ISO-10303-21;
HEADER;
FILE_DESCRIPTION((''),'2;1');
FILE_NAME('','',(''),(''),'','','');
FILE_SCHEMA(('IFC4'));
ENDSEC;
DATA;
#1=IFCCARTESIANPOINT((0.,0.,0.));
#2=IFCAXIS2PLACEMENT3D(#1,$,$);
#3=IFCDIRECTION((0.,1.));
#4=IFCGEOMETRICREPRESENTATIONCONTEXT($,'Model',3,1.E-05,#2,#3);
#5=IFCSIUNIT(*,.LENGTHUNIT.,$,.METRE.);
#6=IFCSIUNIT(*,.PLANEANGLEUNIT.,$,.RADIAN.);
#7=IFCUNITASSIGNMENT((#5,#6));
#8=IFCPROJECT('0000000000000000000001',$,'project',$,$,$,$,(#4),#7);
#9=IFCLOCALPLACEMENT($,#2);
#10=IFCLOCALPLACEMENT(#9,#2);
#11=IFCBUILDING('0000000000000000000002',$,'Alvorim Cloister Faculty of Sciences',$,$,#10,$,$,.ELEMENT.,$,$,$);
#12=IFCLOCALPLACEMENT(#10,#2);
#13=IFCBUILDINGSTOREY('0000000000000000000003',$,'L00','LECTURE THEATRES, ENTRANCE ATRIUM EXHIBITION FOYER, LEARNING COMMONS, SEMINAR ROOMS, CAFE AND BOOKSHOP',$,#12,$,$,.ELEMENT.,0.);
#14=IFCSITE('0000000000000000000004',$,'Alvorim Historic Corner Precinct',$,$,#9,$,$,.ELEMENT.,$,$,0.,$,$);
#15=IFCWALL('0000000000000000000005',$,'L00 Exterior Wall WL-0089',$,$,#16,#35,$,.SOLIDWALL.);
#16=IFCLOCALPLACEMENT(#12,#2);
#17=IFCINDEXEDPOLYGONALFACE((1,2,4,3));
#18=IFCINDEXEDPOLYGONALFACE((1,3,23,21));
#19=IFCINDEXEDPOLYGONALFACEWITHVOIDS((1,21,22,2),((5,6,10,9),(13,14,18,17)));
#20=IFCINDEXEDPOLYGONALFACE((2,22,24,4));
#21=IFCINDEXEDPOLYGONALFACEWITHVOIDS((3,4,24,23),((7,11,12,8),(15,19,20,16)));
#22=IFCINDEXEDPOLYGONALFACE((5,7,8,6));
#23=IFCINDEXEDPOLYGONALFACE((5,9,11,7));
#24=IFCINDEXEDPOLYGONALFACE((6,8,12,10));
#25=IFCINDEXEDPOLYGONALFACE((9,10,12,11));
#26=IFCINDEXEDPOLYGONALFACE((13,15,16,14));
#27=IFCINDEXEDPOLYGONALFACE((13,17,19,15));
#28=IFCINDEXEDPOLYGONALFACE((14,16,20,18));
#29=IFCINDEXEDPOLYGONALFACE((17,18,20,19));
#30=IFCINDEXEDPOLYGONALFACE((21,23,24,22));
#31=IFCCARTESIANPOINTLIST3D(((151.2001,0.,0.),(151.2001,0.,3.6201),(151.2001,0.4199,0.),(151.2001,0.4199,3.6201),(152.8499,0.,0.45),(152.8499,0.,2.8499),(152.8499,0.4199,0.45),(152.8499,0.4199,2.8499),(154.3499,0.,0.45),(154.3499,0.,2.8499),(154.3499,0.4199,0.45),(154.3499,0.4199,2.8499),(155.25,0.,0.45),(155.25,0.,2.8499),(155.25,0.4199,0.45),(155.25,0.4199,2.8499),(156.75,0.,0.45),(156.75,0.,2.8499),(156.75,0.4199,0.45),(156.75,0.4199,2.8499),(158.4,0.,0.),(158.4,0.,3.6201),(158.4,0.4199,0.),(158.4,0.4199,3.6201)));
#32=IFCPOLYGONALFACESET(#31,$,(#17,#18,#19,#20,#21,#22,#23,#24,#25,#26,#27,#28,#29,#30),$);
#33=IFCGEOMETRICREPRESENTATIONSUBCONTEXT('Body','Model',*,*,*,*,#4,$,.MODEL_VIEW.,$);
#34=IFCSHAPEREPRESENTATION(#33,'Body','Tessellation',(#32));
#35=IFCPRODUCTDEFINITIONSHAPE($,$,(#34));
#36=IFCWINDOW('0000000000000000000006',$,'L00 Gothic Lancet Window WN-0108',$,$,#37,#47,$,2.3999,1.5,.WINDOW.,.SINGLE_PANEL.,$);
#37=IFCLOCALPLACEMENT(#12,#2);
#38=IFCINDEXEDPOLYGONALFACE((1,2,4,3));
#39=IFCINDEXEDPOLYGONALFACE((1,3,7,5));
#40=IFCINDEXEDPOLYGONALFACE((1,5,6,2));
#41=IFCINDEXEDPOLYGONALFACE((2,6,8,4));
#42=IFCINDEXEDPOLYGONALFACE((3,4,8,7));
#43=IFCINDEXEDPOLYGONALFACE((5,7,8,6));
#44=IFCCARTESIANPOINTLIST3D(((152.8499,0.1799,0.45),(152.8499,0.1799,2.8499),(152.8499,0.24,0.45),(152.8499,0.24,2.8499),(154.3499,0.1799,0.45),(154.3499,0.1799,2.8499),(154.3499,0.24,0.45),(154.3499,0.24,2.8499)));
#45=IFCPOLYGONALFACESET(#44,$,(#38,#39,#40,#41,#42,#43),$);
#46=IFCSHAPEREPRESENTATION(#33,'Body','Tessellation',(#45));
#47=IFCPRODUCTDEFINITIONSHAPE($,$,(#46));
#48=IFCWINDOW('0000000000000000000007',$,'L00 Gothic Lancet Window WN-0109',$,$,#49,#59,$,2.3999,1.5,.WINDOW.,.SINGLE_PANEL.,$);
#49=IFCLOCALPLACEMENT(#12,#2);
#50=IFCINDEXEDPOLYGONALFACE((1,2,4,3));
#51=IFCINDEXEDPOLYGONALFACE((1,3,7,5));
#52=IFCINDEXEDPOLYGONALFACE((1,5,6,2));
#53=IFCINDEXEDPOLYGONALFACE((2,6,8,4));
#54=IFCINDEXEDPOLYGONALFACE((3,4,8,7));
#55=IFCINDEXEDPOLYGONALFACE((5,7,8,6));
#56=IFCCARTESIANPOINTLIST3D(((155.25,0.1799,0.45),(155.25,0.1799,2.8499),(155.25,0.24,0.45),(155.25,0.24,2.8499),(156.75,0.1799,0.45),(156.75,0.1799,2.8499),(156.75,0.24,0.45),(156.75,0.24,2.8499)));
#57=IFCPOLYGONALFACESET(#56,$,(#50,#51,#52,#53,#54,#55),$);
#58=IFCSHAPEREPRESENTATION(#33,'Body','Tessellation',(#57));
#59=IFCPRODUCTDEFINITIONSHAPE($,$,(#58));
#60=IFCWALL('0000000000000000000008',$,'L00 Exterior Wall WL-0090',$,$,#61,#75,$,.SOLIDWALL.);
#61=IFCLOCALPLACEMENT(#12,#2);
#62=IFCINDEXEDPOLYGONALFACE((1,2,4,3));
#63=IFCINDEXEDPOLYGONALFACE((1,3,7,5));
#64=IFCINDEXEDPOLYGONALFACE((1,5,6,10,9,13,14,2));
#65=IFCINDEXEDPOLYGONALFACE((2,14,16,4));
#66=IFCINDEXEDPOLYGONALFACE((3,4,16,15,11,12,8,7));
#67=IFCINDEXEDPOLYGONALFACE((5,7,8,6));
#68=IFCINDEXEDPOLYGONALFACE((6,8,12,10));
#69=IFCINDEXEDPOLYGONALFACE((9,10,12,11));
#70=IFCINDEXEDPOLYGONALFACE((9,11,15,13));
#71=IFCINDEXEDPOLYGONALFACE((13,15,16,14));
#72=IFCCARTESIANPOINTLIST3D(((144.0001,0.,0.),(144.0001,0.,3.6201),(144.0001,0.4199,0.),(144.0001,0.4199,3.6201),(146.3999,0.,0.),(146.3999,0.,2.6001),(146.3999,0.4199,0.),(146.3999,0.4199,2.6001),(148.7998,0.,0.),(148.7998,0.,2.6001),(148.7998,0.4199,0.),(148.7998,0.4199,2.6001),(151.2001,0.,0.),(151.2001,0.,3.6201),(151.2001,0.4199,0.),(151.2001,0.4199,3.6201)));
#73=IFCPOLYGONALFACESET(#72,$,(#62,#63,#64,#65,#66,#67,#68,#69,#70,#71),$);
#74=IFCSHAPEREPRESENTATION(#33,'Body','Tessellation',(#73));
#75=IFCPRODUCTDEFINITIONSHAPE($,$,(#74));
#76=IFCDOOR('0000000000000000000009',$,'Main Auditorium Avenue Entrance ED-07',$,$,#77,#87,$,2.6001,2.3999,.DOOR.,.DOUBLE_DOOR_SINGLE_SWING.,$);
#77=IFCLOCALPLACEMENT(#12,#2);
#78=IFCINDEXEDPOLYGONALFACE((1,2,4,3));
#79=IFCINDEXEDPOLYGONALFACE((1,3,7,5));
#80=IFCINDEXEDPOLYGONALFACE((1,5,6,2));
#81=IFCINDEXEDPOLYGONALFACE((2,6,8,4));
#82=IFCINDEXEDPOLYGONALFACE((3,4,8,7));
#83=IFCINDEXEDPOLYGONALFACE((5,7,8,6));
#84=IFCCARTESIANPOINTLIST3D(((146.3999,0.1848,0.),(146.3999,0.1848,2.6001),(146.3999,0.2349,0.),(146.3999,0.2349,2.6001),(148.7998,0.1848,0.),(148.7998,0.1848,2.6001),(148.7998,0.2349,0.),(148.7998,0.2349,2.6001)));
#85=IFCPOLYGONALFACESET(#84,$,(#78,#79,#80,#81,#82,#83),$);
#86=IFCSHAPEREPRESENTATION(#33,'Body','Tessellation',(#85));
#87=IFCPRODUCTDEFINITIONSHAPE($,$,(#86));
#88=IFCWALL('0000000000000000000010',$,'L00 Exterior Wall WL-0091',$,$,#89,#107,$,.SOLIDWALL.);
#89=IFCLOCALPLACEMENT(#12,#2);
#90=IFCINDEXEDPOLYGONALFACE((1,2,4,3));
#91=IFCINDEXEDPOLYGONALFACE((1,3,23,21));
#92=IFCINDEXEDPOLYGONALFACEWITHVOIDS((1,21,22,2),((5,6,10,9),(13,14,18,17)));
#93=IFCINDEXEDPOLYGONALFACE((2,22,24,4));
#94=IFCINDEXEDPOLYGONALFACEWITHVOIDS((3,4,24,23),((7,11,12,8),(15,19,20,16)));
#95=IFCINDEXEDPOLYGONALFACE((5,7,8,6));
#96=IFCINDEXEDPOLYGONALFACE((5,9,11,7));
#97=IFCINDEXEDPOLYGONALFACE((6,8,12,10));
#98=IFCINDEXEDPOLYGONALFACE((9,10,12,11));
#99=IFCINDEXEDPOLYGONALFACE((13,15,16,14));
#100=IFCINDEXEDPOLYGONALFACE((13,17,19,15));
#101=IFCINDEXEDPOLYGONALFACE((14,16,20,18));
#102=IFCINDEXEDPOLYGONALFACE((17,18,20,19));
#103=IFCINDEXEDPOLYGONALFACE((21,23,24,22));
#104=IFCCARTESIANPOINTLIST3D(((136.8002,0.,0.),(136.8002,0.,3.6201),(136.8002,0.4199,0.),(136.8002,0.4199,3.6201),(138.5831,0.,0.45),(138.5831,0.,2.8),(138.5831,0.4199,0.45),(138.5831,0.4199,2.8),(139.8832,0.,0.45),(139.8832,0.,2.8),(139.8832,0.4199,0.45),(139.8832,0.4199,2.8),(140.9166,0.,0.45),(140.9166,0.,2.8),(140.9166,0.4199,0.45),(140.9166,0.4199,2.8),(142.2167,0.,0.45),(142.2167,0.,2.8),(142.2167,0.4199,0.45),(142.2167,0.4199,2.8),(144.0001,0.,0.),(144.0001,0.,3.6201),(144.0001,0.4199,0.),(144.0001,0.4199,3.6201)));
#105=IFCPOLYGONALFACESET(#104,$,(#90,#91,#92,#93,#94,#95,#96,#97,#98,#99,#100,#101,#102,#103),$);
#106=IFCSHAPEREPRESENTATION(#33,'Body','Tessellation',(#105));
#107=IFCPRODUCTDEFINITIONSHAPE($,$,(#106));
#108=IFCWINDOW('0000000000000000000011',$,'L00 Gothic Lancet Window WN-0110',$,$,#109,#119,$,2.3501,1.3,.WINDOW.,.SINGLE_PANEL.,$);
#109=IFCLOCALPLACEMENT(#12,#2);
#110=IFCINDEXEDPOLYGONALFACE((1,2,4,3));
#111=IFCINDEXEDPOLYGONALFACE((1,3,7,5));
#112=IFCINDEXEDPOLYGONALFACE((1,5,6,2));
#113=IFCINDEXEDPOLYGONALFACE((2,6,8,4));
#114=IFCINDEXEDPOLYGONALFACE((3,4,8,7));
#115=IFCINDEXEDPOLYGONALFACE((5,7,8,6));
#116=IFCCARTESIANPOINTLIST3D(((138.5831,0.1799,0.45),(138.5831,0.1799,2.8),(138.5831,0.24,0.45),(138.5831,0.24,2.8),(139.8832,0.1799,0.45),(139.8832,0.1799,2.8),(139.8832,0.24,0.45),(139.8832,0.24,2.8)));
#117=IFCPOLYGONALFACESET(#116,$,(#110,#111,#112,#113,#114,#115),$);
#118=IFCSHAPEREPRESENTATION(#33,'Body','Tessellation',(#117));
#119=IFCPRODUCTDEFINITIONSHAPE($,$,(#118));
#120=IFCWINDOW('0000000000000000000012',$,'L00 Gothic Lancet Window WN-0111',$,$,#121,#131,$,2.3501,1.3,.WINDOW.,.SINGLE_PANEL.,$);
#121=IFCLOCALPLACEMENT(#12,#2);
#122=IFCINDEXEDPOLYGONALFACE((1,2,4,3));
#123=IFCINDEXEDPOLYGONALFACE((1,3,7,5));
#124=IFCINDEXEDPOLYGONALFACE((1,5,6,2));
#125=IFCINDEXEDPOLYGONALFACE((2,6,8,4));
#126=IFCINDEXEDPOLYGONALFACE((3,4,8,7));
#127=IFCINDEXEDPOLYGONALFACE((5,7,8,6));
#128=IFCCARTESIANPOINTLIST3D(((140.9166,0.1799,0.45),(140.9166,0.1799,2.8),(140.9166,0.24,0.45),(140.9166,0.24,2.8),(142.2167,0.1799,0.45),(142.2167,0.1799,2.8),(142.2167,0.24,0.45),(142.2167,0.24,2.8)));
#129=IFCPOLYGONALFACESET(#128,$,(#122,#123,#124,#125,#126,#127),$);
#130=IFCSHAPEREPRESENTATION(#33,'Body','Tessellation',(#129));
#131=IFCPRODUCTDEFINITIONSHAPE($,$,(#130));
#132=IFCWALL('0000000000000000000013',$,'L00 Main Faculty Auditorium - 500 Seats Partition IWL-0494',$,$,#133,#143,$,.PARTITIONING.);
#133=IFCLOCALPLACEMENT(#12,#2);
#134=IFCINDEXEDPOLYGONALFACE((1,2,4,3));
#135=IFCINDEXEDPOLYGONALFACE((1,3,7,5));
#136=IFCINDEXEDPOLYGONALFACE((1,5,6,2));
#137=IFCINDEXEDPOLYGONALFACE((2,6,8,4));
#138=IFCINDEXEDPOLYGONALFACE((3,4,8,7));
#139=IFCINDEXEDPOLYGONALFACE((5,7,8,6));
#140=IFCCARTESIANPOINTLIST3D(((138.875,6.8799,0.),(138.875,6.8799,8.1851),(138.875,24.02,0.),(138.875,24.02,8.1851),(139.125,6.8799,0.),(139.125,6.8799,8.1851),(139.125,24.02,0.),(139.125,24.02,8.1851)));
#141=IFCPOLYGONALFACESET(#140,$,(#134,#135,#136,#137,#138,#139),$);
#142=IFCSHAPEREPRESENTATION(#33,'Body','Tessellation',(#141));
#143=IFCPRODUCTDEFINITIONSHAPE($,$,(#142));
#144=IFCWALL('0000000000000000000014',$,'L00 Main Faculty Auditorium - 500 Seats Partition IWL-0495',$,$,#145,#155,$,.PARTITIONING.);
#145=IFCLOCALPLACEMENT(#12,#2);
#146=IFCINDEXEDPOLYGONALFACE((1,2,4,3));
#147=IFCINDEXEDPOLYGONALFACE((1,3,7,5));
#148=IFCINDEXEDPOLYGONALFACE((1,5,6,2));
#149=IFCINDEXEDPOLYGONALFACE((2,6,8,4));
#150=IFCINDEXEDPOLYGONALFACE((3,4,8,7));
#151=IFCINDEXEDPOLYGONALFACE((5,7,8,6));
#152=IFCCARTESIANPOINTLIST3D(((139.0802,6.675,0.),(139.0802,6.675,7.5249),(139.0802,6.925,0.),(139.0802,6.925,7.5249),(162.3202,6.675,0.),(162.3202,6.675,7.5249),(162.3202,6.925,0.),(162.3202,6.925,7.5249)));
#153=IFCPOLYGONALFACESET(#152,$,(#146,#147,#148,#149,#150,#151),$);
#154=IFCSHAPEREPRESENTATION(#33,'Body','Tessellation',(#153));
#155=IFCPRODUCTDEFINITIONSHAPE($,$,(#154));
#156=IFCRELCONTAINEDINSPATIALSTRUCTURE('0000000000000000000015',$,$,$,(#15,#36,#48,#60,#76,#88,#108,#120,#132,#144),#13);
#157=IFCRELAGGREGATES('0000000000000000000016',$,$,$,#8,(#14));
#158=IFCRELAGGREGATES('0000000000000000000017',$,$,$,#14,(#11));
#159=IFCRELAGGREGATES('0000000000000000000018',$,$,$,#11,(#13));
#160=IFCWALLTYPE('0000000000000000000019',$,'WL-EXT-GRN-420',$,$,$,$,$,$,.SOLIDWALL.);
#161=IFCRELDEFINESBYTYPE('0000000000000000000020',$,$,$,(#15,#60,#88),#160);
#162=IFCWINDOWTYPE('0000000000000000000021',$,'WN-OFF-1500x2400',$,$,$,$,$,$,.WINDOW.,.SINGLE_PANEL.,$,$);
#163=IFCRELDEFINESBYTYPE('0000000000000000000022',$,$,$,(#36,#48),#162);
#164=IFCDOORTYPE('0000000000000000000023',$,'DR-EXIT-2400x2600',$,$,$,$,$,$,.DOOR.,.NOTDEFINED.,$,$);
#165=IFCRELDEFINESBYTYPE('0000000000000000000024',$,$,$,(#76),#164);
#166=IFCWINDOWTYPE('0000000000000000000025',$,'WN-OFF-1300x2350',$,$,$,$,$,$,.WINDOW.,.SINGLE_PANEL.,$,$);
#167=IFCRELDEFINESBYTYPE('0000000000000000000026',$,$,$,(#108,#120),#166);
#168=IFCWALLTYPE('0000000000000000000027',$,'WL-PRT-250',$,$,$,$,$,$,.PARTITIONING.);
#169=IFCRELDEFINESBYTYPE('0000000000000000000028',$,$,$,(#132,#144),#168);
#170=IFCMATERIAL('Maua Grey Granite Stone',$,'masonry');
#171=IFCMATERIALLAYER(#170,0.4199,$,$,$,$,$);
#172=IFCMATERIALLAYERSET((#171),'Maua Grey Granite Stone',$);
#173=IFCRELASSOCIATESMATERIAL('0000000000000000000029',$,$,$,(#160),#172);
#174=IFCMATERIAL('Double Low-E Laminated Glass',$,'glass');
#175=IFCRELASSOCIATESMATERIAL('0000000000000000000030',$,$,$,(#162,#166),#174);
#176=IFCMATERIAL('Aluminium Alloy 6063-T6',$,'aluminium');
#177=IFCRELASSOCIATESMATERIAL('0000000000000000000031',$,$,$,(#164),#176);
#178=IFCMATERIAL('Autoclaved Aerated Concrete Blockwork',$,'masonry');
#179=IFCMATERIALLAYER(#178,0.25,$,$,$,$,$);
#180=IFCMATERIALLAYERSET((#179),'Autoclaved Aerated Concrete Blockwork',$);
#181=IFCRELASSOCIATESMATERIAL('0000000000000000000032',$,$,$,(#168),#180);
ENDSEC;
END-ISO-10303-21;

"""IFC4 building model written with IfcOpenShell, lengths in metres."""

from ifc_helpers import new_model, si_unit, direction, frame, frame_2d, origin, place, context, subcontext, project, spatial, rectangle, extrude, material, layer, layer_set, type_object, element, fill, save


model = new_model("IFC4")

# Units and contexts
model_context = context("Model", 3, precision=1e-05, world=origin(), true_north=direction((0.0, 1.0)))
body_context = subcontext(model_context, "Body", "Model", "MODEL_VIEW")
ifc_project = project(units=[si_unit("LENGTHUNIT", "METRE"), si_unit("PLANEANGLEUNIT", "RADIAN")], contexts=[model_context])

# Site, building, storey
site_placement = place(None, origin())
site = spatial("IfcSite", under=ifc_project, at=site_placement, Name="Alvorim Historic Corner Precinct", CompositionType="ELEMENT", RefElevation=0.0)
building_placement = place(site_placement, origin())
building = spatial("IfcBuilding", under=site, at=building_placement, Name="Alvorim Cloister Faculty of Sciences", CompositionType="ELEMENT")
storey_placement = place(building_placement, origin())
storey = spatial("IfcBuildingStorey", under=building, at=storey_placement, Name="L00", Description="LECTURE THEATRES, ENTRANCE ATRIUM EXHIBITION FOYER, LEARNING COMMONS, SEMINAR ROOMS, CAFE AND BOOKSHOP", CompositionType="ELEMENT", Elevation=0.0)

# Shared definitions
ifc_material_1 = material(Name="Maua Grey Granite Stone", Category="masonry")

# Shared definitions
ifc_layer_1 = layer(ifc_material_1, 0.4199)
ifc_layer_set_1 = layer_set([ifc_layer_1], Name="Maua Grey Granite Stone")
wall_type_1 = type_object("IfcWallType", Name="WL-EXT-GRN-420", PredefinedType="SOLIDWALL", material=ifc_layer_set_1)
ifc_material_2 = material(Name="Aluminium Alloy 6063-T6", Category="aluminium")

# Wall, openings, windows
wall_1_placement = place(storey_placement, frame((151.2, 0.21, 0.0), z_axis=(0.0, 0.0, 1.0), x_axis=(1.0, 0.0, 0.0)))
wall_1 = element("IfcWall", 1, at=wall_1_placement, inside=storey, type_object=wall_type_1, Name="L00 Exterior Wall WL-0089", PredefinedType="SOLIDWALL", context=body_context, shape_type="SweptSolid", body=[
    extrude(rectangle(XDim=7.2, YDim=0.4199, at=frame_2d((3.6001, 0.0))), origin(), (0.0, 0.0, 1.0), 3.6201),
])
opening_1_placement = place(wall_1_placement, frame((1.6499, 0.0, 0.45)))
opening_1 = element("IfcOpeningElement", 2, at=opening_1_placement, cuts=wall_1, PredefinedType="OPENING", context=body_context, shape_type="SweptSolid", body=[
    extrude(rectangle(XDim=1.5, YDim=2.3999, at=frame_2d((0.75, 1.2))), frame((0.0, 0.2219, 0.0), z_axis=(0.0, -1.0, 0.0), x_axis=(1.0, 0.0, 0.0)), (0.0, 0.0, 1.0), 0.4438),
])
opening_2_placement = place(wall_1_placement, frame((4.05, 0.0, 0.45)))
opening_2 = element("IfcOpeningElement", 3, at=opening_2_placement, cuts=wall_1, PredefinedType="OPENING", context=body_context, shape_type="SweptSolid", body=[
    extrude(rectangle(XDim=1.5, YDim=2.3999, at=frame_2d((0.75, 1.2))), frame((0.0, 0.2219, 0.0), z_axis=(0.0, -1.0, 0.0), x_axis=(1.0, 0.0, 0.0)), (0.0, 0.0, 1.0), 0.4438),
])
ifc_material_3 = material(Name="Double Low-E Laminated Glass", Category="glass")
window_type_1 = type_object("IfcWindowType", Name="WN-OFF-1500x2400", PartitioningType="SINGLE_PANEL", PredefinedType="WINDOW", material=ifc_material_3)
window_1_placement = place(opening_1_placement, origin())
window_1 = element("IfcWindow", 4, at=window_1_placement, inside=storey, type_object=window_type_1, Name="L00 Gothic Lancet Window WN-0108", OverallHeight=2.3999, OverallWidth=1.5, PartitioningType="SINGLE_PANEL", PredefinedType="WINDOW", context=body_context, shape_type="SweptSolid", body=[
    extrude(rectangle(XDim=1.5, YDim=2.3999, at=frame_2d((0.75, 1.2))), frame((0.0, 0.03, 0.0), z_axis=(0.0, -1.0, 0.0), x_axis=(1.0, 0.0, 0.0)), (0.0, 0.0, 1.0), 0.0601),
])
fill(opening_1, window_1)
window_2_placement = place(opening_2_placement, origin())
window_2 = element("IfcWindow", 5, at=window_2_placement, inside=storey, type_object=window_type_1, Name="L00 Gothic Lancet Window WN-0109", OverallHeight=2.3999, OverallWidth=1.5, PartitioningType="SINGLE_PANEL", PredefinedType="WINDOW", context=body_context, shape_type="SweptSolid", body=[
    extrude(rectangle(XDim=1.5, YDim=2.3999, at=frame_2d((0.75, 1.2))), frame((0.0, 0.03, 0.0), z_axis=(0.0, -1.0, 0.0), x_axis=(1.0, 0.0, 0.0)), (0.0, 0.0, 1.0), 0.0601),
])
fill(opening_2, window_2)

# Wall, opening, door
wall_2_placement = place(storey_placement, frame((144.0, 0.21, 0.0), z_axis=(0.0, 0.0, 1.0), x_axis=(1.0, 0.0, 0.0)))
wall_2 = element("IfcWall", 6, at=wall_2_placement, inside=storey, type_object=wall_type_1, Name="L00 Exterior Wall WL-0090", PredefinedType="SOLIDWALL", context=body_context, shape_type="SweptSolid", body=[
    extrude(rectangle(XDim=7.2, YDim=0.4199, at=frame_2d((3.6001, 0.0))), origin(), (0.0, 0.0, 1.0), 3.6201),
])
opening_3_placement = place(wall_2_placement, frame((2.3999, 0.0, 0.0)))
opening_3 = element("IfcOpeningElement", 7, at=opening_3_placement, cuts=wall_2, PredefinedType="OPENING", context=body_context, shape_type="SweptSolid", body=[
    extrude(rectangle(XDim=2.3999, YDim=2.6001, at=frame_2d((1.2, 1.3))), frame((0.0, 0.2219, 0.0), z_axis=(0.0, -1.0, 0.0), x_axis=(1.0, 0.0, 0.0)), (0.0, 0.0, 1.0), 0.4438),
])
door_type_1 = type_object("IfcDoorType", Name="DR-EXIT-2400x2600", OperationType="NOTDEFINED", PredefinedType="DOOR", material=ifc_material_2)
door_1_placement = place(opening_3_placement, origin())
door_1 = element("IfcDoor", 8, at=door_1_placement, inside=storey, type_object=door_type_1, Name="Main Auditorium Avenue Entrance ED-07", OperationType="DOUBLE_DOOR_SINGLE_SWING", OverallHeight=2.6001, OverallWidth=2.3999, PredefinedType="DOOR", context=body_context, shape_type="SweptSolid", body=[
    extrude(rectangle(XDim=2.3999, YDim=2.6001, at=frame_2d((1.2, 1.3))), frame((0.0, 0.0249, 0.0), z_axis=(0.0, -1.0, 0.0), x_axis=(1.0, 0.0, 0.0)), (0.0, 0.0, 1.0), 0.05),
])
fill(opening_3, door_1)

# Wall, openings, windows
wall_3_placement = place(storey_placement, frame((136.8, 0.21, 0.0), z_axis=(0.0, 0.0, 1.0), x_axis=(1.0, 0.0, 0.0)))
wall_3 = element("IfcWall", 9, at=wall_3_placement, inside=storey, type_object=wall_type_1, Name="L00 Exterior Wall WL-0091", PredefinedType="SOLIDWALL", context=body_context, shape_type="SweptSolid", body=[
    extrude(rectangle(XDim=7.2, YDim=0.4199, at=frame_2d((3.6001, 0.0))), origin(), (0.0, 0.0, 1.0), 3.6201),
])
opening_4_placement = place(wall_3_placement, frame((1.7832, 0.0, 0.45)))
opening_4 = element("IfcOpeningElement", 10, at=opening_4_placement, cuts=wall_3, PredefinedType="OPENING", context=body_context, shape_type="SweptSolid", body=[
    extrude(rectangle(XDim=1.3, YDim=2.3501, at=frame_2d((0.6499, 1.175))), frame((0.0, 0.2219, 0.0), z_axis=(0.0, -1.0, 0.0), x_axis=(1.0, 0.0, 0.0)), (0.0, 0.0, 1.0), 0.4438),
])
opening_5_placement = place(wall_3_placement, frame((4.1167, 0.0, 0.45)))
opening_5 = element("IfcOpeningElement", 11, at=opening_5_placement, cuts=wall_3, PredefinedType="OPENING", context=body_context, shape_type="SweptSolid", body=[
    extrude(rectangle(XDim=1.3, YDim=2.3501, at=frame_2d((0.6499, 1.175))), frame((0.0, 0.2219, 0.0), z_axis=(0.0, -1.0, 0.0), x_axis=(1.0, 0.0, 0.0)), (0.0, 0.0, 1.0), 0.4438),
])
window_type_2 = type_object("IfcWindowType", Name="WN-OFF-1300x2350", PartitioningType="SINGLE_PANEL", PredefinedType="WINDOW", material=ifc_material_3)
window_3_placement = place(opening_4_placement, origin())
window_3 = element("IfcWindow", 12, at=window_3_placement, inside=storey, type_object=window_type_2, Name="L00 Gothic Lancet Window WN-0110", OverallHeight=2.3501, OverallWidth=1.3, PartitioningType="SINGLE_PANEL", PredefinedType="WINDOW", context=body_context, shape_type="SweptSolid", body=[
    extrude(rectangle(XDim=1.3, YDim=2.3501, at=frame_2d((0.6499, 1.175))), frame((0.0, 0.03, 0.0), z_axis=(0.0, -1.0, 0.0), x_axis=(1.0, 0.0, 0.0)), (0.0, 0.0, 1.0), 0.0601),
])
fill(opening_4, window_3)
window_4_placement = place(opening_5_placement, origin())
window_4 = element("IfcWindow", 13, at=window_4_placement, inside=storey, type_object=window_type_2, Name="L00 Gothic Lancet Window WN-0111", OverallHeight=2.3501, OverallWidth=1.3, PartitioningType="SINGLE_PANEL", PredefinedType="WINDOW", context=body_context, shape_type="SweptSolid", body=[
    extrude(rectangle(XDim=1.3, YDim=2.3501, at=frame_2d((0.6499, 1.175))), frame((0.0, 0.03, 0.0), z_axis=(0.0, -1.0, 0.0), x_axis=(1.0, 0.0, 0.0)), (0.0, 0.0, 1.0), 0.0601),
])
fill(opening_5, window_4)

# Walls
ifc_material_4 = material(Name="Autoclaved Aerated Concrete Blockwork", Category="masonry")
ifc_layer_2 = layer(ifc_material_4, 0.25)
ifc_layer_set_2 = layer_set([ifc_layer_2], Name="Autoclaved Aerated Concrete Blockwork")
wall_type_2 = type_object("IfcWallType", Name="WL-PRT-250", PredefinedType="PARTITIONING", material=ifc_layer_set_2)
wall_4_placement = place(storey_placement, frame((139.0, 6.8799, 0.0), z_axis=(0.0, 0.0, 1.0), x_axis=(0.0, 1.0, 0.0)))
element("IfcWall", 14, at=wall_4_placement, inside=storey, type_object=wall_type_2, Name="L00 Main Faculty Auditorium - 500 Seats Partition IWL-0494", PredefinedType="PARTITIONING", context=body_context, shape_type="SweptSolid", body=[
    extrude(rectangle(XDim=17.1401, YDim=0.25, at=frame_2d((8.5701, 0.0))), origin(), (0.0, 0.0, 1.0), 8.1851),
])
wall_5_placement = place(storey_placement, frame((139.0801, 6.8, 0.0), z_axis=(0.0, 0.0, 1.0), x_axis=(1.0, 0.0, 0.0)))
element("IfcWall", 15, at=wall_5_placement, inside=storey, type_object=wall_type_2, Name="L00 Main Faculty Auditorium - 500 Seats Partition IWL-0495", PredefinedType="PARTITIONING", context=body_context, shape_type="SweptSolid", body=[
    extrude(rectangle(XDim=23.24, YDim=0.25, at=frame_2d((11.6201, 0.0))), origin(), (0.0, 0.0, 1.0), 7.5249),
])

save(model, "model.ifc")
